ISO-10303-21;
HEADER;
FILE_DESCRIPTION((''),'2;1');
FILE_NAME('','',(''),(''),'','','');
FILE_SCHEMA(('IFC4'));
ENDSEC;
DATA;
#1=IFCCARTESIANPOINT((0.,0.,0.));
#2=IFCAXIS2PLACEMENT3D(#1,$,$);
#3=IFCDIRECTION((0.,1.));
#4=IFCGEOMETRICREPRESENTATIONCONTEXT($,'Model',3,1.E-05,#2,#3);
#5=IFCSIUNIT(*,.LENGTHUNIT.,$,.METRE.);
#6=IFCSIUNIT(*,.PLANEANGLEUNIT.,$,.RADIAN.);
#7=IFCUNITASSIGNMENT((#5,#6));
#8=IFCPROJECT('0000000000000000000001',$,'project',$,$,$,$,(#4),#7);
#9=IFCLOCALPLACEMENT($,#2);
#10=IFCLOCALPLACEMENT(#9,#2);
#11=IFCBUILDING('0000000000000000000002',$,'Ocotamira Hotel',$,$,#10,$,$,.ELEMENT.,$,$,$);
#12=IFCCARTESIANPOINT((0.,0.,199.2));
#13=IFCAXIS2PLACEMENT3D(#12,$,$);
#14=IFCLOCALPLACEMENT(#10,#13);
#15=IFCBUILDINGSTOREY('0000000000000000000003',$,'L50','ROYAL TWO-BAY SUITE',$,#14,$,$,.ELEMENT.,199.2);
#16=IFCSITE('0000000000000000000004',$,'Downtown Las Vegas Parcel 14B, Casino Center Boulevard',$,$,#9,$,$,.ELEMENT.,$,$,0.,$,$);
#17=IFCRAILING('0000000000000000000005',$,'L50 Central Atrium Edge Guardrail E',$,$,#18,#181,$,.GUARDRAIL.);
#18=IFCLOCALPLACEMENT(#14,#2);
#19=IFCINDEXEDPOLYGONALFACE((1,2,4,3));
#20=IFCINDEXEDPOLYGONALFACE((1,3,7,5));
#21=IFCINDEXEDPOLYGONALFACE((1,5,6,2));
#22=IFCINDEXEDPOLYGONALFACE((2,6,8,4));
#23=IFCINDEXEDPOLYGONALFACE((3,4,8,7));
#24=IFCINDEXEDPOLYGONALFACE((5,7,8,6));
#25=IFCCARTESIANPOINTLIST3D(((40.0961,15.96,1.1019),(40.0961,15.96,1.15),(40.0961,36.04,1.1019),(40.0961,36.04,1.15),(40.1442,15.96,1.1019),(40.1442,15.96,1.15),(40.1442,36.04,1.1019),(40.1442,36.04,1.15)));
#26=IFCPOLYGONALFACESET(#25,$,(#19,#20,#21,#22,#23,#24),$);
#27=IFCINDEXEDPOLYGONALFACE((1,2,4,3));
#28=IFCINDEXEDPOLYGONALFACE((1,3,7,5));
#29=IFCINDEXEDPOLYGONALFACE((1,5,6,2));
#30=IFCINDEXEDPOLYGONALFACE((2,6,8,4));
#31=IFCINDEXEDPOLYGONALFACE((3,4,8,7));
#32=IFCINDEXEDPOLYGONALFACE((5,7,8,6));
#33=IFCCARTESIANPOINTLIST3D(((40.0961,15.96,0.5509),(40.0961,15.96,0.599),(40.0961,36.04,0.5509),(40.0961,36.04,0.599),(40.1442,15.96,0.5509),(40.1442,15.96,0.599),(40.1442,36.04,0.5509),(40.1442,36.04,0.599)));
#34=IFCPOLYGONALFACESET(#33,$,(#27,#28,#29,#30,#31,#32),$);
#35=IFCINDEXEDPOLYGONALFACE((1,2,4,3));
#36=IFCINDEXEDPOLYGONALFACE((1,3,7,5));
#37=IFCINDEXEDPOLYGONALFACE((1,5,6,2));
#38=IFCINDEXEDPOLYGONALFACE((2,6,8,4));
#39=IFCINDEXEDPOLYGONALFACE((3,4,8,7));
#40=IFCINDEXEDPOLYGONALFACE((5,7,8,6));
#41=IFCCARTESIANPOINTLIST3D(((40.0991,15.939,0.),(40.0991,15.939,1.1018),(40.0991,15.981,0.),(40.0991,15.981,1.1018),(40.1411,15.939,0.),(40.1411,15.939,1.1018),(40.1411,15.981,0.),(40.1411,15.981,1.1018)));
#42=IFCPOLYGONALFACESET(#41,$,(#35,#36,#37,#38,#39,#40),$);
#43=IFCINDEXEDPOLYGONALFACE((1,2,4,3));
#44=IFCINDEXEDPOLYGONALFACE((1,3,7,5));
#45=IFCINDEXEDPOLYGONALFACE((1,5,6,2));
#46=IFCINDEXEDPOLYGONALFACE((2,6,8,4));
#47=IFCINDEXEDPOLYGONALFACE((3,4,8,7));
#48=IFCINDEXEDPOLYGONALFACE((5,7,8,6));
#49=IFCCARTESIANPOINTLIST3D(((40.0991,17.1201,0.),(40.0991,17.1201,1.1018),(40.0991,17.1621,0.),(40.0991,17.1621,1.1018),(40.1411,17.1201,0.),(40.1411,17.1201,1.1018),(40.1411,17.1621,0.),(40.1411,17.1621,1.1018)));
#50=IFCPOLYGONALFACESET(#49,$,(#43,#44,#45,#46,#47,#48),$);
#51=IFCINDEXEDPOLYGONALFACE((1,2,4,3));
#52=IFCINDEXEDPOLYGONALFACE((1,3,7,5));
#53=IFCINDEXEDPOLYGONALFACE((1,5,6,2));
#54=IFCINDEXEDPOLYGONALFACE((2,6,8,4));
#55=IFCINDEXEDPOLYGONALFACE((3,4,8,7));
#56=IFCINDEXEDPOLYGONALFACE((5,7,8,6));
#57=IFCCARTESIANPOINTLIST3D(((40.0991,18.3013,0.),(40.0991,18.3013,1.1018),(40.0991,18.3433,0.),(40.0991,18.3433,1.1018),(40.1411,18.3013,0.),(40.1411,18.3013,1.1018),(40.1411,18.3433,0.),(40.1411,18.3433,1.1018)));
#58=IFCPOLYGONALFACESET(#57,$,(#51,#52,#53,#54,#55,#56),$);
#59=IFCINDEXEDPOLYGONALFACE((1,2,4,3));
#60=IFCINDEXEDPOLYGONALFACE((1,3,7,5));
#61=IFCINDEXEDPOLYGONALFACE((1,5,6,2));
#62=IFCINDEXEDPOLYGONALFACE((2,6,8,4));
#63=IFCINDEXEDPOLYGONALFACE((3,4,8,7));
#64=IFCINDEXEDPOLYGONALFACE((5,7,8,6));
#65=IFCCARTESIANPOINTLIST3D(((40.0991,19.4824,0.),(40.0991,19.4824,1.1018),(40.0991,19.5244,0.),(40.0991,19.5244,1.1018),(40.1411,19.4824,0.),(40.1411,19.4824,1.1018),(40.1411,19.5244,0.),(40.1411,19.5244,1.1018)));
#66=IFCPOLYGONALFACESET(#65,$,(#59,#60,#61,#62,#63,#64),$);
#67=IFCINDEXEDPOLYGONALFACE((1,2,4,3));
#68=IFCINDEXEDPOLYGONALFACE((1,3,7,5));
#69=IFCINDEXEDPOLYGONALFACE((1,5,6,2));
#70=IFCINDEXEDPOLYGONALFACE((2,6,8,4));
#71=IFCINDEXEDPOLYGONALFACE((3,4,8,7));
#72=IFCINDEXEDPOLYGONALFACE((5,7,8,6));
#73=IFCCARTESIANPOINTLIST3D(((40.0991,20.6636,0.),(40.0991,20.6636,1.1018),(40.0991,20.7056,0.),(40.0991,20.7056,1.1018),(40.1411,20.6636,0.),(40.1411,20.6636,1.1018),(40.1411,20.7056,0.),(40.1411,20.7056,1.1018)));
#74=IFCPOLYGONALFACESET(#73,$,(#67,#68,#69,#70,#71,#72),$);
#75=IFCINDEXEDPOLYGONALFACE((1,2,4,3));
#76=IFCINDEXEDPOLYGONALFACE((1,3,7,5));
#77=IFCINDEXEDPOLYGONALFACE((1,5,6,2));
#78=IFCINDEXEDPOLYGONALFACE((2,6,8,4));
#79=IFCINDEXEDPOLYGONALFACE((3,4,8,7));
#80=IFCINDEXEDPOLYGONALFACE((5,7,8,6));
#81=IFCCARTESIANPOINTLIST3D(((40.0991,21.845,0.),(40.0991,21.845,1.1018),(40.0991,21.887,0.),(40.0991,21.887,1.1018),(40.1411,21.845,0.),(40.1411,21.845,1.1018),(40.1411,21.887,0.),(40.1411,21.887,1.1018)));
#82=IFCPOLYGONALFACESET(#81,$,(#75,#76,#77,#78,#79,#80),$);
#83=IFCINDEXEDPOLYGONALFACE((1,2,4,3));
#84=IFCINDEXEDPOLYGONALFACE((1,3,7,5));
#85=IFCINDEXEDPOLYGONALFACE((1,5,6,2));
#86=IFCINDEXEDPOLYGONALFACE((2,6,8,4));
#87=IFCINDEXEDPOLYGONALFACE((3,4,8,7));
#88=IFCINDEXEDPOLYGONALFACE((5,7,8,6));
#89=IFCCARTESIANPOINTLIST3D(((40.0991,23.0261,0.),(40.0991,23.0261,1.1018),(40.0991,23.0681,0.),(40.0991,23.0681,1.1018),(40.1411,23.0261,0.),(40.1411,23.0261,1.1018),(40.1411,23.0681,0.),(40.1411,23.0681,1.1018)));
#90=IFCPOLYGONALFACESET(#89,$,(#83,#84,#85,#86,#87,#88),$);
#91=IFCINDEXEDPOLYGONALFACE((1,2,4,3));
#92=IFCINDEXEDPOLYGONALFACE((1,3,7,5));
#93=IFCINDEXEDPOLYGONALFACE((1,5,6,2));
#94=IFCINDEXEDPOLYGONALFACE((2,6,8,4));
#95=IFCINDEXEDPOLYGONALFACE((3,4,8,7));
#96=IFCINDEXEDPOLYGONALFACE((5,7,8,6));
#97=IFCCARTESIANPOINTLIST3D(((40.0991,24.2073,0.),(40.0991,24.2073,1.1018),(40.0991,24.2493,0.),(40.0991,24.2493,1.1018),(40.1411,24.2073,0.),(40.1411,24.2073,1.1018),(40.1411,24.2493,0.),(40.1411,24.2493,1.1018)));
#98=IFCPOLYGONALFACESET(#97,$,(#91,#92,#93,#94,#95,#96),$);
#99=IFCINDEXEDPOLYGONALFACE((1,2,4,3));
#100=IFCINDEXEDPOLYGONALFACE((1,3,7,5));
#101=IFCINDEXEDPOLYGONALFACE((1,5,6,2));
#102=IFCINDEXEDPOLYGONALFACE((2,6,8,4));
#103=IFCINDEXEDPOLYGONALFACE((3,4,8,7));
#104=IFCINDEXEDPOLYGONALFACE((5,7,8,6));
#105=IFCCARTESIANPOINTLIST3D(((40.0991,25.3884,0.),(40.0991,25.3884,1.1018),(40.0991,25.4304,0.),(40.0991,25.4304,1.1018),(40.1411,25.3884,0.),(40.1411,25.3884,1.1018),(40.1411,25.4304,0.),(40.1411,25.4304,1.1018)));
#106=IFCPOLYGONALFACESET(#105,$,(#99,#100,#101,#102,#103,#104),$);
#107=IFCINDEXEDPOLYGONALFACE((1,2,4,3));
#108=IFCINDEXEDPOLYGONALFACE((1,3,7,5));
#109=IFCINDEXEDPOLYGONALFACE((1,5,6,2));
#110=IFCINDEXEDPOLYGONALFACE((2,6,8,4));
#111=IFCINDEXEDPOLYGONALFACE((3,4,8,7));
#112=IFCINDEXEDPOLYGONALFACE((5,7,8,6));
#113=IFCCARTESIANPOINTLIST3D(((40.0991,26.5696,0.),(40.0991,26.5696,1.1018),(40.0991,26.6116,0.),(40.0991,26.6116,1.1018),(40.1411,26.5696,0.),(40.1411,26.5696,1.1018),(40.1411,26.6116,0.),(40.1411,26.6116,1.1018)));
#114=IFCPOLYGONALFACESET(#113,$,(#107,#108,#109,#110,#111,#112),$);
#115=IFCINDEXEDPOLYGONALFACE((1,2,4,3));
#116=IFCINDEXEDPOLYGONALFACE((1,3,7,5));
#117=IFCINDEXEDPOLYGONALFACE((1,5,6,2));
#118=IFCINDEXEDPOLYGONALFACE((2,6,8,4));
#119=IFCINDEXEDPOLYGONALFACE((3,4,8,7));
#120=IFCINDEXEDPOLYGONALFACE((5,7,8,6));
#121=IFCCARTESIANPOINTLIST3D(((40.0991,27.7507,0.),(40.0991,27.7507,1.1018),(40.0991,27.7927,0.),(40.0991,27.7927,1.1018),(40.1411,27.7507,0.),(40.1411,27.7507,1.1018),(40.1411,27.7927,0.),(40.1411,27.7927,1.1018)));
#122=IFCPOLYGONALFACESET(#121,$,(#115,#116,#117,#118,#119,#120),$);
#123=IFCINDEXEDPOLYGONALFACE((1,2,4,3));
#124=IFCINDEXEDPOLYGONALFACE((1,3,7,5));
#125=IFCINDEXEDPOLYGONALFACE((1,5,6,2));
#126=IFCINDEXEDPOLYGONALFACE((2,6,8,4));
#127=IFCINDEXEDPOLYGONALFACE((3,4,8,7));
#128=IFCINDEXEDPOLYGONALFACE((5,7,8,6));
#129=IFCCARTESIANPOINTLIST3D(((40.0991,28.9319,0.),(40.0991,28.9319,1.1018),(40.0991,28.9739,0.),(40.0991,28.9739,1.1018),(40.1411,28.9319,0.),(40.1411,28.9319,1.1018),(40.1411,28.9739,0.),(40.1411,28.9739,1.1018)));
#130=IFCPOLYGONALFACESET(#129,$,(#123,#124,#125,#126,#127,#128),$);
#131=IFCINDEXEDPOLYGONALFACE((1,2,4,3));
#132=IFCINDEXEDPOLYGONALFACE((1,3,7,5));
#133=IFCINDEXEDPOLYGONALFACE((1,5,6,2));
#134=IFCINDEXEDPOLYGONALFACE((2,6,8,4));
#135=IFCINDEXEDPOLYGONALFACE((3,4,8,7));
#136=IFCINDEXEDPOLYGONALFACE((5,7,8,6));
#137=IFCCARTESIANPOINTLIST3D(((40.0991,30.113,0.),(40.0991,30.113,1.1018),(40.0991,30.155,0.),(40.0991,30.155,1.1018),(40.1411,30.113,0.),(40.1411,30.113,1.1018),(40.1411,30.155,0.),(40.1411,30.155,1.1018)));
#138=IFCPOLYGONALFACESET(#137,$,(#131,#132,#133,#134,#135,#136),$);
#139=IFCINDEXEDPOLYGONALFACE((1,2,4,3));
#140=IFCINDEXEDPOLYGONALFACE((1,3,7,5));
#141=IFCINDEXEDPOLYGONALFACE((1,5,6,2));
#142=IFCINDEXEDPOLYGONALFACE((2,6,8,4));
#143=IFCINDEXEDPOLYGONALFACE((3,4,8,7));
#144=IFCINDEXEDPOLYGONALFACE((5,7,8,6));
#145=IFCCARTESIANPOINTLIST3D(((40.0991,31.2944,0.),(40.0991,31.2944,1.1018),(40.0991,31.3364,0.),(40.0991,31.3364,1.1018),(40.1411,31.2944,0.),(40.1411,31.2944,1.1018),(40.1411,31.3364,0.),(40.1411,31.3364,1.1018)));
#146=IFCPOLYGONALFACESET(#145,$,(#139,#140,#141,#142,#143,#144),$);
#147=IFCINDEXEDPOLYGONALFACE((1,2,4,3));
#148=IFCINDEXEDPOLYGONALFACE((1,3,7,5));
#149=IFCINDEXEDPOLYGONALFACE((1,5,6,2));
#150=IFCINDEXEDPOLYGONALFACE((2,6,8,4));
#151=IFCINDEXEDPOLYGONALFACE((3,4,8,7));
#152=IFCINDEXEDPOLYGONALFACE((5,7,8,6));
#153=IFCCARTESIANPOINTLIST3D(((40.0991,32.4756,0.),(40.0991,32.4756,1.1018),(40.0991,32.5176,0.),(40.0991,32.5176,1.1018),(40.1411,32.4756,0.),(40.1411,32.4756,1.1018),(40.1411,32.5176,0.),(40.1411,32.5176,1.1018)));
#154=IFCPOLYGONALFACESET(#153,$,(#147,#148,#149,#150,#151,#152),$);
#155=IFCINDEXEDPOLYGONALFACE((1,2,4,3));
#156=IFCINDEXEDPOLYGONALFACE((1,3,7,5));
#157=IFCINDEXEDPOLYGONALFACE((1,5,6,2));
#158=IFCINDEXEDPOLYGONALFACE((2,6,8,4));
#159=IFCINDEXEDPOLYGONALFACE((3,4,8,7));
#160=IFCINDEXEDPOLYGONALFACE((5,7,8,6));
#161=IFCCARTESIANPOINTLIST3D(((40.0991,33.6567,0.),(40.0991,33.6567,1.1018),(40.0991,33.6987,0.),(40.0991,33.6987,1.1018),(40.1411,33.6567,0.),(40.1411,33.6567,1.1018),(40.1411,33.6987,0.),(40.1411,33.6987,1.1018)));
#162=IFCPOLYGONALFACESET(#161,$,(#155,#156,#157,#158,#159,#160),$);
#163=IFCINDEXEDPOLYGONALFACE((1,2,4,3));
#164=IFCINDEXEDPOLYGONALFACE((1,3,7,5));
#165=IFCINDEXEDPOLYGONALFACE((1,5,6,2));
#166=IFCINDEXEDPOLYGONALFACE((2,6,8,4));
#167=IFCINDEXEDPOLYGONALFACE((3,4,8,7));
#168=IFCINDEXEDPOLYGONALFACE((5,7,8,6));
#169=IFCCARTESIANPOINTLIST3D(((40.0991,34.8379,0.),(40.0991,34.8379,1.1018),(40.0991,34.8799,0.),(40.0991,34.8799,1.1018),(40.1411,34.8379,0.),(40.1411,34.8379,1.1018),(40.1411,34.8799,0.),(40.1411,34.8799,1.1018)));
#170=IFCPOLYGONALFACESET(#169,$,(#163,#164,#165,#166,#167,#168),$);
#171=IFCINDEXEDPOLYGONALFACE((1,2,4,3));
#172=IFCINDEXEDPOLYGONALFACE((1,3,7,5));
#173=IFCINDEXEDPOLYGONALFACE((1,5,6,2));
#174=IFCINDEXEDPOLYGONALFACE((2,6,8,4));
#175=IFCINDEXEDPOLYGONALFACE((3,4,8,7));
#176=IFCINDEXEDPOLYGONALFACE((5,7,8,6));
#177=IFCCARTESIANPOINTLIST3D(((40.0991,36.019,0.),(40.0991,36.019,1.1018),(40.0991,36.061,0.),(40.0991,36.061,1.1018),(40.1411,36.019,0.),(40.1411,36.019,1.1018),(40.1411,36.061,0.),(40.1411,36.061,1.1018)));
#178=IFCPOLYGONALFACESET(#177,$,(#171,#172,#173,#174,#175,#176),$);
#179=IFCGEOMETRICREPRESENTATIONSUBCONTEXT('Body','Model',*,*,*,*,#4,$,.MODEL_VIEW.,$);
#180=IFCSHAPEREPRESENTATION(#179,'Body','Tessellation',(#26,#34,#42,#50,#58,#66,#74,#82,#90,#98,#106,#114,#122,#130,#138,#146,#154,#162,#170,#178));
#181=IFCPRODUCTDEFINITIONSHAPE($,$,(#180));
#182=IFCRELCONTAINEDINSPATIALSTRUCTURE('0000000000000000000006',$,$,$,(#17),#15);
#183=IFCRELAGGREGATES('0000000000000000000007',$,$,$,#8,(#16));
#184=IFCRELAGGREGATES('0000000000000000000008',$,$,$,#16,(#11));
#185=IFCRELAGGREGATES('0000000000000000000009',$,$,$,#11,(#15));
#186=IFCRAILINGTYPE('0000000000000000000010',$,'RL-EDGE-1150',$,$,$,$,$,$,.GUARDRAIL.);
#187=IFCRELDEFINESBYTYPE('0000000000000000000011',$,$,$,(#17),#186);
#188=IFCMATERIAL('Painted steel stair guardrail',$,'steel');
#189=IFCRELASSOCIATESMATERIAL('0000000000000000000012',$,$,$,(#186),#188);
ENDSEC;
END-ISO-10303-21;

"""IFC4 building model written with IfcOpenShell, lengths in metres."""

from ifc_helpers import new_model, si_unit, direction, frame, origin, origin_2d, place, context, subcontext, project, spatial, rectangle, extrude, material, type_object, element, save


model = new_model("IFC4")

# Units and contexts
model_context = context("Model", 3, precision=1e-05, world=origin(), true_north=direction((0.0, 1.0)))
body_context = subcontext(model_context, "Body", "Model", "MODEL_VIEW")
ifc_project = project(units=[si_unit("LENGTHUNIT", "METRE"), si_unit("PLANEANGLEUNIT", "RADIAN")], contexts=[model_context])

# Site, building, storey
site_placement = place(None, origin())
site = spatial("IfcSite", under=ifc_project, at=site_placement, Name="Downtown Las Vegas Parcel 14B, Casino Center Boulevard", CompositionType="ELEMENT", RefElevation=0.0)
building_placement = place(site_placement, origin())
building = spatial("IfcBuilding", under=site, at=building_placement, Name="Ocotamira Hotel", CompositionType="ELEMENT")
storey_placement = place(building_placement, frame((0.0, 0.0, 199.2)))
storey = spatial("IfcBuildingStorey", under=building, at=storey_placement, Name="L50", Description="ROYAL TWO-BAY SUITE", CompositionType="ELEMENT", Elevation=199.2)

# Railing
ifc_material_1 = material(Name="Painted steel stair guardrail", Category="steel")
railing_type = type_object("IfcRailingType", Name="RL-EDGE-1150", PredefinedType="GUARDRAIL", material=ifc_material_1)
railing_placement = place(storey_placement, frame((40.1201, 15.96, 0.0)))
element("IfcRailing", 1, at=railing_placement, inside=storey, type_object=railing_type, Name="L50 Central Atrium Edge Guardrail E", PredefinedType="GUARDRAIL", context=body_context, shape_type="SweptSolid", body=[
    extrude(rectangle(XDim=0.0481, YDim=0.0481, at=origin_2d()), frame((0.0, 0.0, 1.126), z_axis=(0.0, 1.0, 0.0), x_axis=(-1.0, 0.0, 0.0)), (0.0, 0.0, 1.0), 20.0801),
    extrude(rectangle(XDim=0.0481, YDim=0.0481, at=origin_2d()), frame((0.0, 0.0, 0.575), z_axis=(0.0, 1.0, 0.0), x_axis=(-1.0, 0.0, 0.0)), (0.0, 0.0, 1.0), 20.0801),
    extrude(rectangle(XDim=0.042, YDim=0.042, at=origin_2d()), origin(), (0.0, 0.0, 1.0), 1.1018),
    extrude(rectangle(XDim=0.042, YDim=0.042, at=origin_2d()), frame((0.0, 1.1812, 0.0)), (0.0, 0.0, 1.0), 1.1018),
    extrude(rectangle(XDim=0.042, YDim=0.042, at=origin_2d()), frame((0.0, 2.3623, 0.0)), (0.0, 0.0, 1.0), 1.1018),
    extrude(rectangle(XDim=0.042, YDim=0.042, at=origin_2d()), frame((0.0, 3.5435, 0.0)), (0.0, 0.0, 1.0), 1.1018),
    extrude(rectangle(XDim=0.042, YDim=0.042, at=origin_2d()), frame((0.0, 4.7246, 0.0)), (0.0, 0.0, 1.0), 1.1018),
    extrude(rectangle(XDim=0.042, YDim=0.042, at=origin_2d()), frame((0.0, 5.906, 0.0)), (0.0, 0.0, 1.0), 1.1018),
    extrude(rectangle(XDim=0.042, YDim=0.042, at=origin_2d()), frame((0.0, 7.0872, 0.0)), (0.0, 0.0, 1.0), 1.1018),
    extrude(rectangle(XDim=0.042, YDim=0.042, at=origin_2d()), frame((0.0, 8.2683, 0.0)), (0.0, 0.0, 1.0), 1.1018),
    extrude(rectangle(XDim=0.042, YDim=0.042, at=origin_2d()), frame((0.0, 9.4495, 0.0)), (0.0, 0.0, 1.0), 1.1018),
    extrude(rectangle(XDim=0.042, YDim=0.042, at=origin_2d()), frame((0.0, 10.6306, 0.0)), (0.0, 0.0, 1.0), 1.1018),
    extrude(rectangle(XDim=0.042, YDim=0.042, at=origin_2d()), frame((0.0, 11.8118, 0.0)), (0.0, 0.0, 1.0), 1.1018),
    extrude(rectangle(XDim=0.042, YDim=0.042, at=origin_2d()), frame((0.0, 12.9929, 0.0)), (0.0, 0.0, 1.0), 1.1018),
    extrude(rectangle(XDim=0.042, YDim=0.042, at=origin_2d()), frame((0.0, 14.1741, 0.0)), (0.0, 0.0, 1.0), 1.1018),
    extrude(rectangle(XDim=0.042, YDim=0.042, at=origin_2d()), frame((0.0, 15.3555, 0.0)), (0.0, 0.0, 1.0), 1.1018),
    extrude(rectangle(XDim=0.042, YDim=0.042, at=origin_2d()), frame((0.0, 16.5366, 0.0)), (0.0, 0.0, 1.0), 1.1018),
    extrude(rectangle(XDim=0.042, YDim=0.042, at=origin_2d()), frame((0.0, 17.7178, 0.0)), (0.0, 0.0, 1.0), 1.1018),
    extrude(rectangle(XDim=0.042, YDim=0.042, at=origin_2d()), frame((0.0, 18.8989, 0.0)), (0.0, 0.0, 1.0), 1.1018),
    extrude(rectangle(XDim=0.042, YDim=0.042, at=origin_2d()), frame((0.0, 20.0801, 0.0)), (0.0, 0.0, 1.0), 1.1018),
])

save(model, "model.ifc")
